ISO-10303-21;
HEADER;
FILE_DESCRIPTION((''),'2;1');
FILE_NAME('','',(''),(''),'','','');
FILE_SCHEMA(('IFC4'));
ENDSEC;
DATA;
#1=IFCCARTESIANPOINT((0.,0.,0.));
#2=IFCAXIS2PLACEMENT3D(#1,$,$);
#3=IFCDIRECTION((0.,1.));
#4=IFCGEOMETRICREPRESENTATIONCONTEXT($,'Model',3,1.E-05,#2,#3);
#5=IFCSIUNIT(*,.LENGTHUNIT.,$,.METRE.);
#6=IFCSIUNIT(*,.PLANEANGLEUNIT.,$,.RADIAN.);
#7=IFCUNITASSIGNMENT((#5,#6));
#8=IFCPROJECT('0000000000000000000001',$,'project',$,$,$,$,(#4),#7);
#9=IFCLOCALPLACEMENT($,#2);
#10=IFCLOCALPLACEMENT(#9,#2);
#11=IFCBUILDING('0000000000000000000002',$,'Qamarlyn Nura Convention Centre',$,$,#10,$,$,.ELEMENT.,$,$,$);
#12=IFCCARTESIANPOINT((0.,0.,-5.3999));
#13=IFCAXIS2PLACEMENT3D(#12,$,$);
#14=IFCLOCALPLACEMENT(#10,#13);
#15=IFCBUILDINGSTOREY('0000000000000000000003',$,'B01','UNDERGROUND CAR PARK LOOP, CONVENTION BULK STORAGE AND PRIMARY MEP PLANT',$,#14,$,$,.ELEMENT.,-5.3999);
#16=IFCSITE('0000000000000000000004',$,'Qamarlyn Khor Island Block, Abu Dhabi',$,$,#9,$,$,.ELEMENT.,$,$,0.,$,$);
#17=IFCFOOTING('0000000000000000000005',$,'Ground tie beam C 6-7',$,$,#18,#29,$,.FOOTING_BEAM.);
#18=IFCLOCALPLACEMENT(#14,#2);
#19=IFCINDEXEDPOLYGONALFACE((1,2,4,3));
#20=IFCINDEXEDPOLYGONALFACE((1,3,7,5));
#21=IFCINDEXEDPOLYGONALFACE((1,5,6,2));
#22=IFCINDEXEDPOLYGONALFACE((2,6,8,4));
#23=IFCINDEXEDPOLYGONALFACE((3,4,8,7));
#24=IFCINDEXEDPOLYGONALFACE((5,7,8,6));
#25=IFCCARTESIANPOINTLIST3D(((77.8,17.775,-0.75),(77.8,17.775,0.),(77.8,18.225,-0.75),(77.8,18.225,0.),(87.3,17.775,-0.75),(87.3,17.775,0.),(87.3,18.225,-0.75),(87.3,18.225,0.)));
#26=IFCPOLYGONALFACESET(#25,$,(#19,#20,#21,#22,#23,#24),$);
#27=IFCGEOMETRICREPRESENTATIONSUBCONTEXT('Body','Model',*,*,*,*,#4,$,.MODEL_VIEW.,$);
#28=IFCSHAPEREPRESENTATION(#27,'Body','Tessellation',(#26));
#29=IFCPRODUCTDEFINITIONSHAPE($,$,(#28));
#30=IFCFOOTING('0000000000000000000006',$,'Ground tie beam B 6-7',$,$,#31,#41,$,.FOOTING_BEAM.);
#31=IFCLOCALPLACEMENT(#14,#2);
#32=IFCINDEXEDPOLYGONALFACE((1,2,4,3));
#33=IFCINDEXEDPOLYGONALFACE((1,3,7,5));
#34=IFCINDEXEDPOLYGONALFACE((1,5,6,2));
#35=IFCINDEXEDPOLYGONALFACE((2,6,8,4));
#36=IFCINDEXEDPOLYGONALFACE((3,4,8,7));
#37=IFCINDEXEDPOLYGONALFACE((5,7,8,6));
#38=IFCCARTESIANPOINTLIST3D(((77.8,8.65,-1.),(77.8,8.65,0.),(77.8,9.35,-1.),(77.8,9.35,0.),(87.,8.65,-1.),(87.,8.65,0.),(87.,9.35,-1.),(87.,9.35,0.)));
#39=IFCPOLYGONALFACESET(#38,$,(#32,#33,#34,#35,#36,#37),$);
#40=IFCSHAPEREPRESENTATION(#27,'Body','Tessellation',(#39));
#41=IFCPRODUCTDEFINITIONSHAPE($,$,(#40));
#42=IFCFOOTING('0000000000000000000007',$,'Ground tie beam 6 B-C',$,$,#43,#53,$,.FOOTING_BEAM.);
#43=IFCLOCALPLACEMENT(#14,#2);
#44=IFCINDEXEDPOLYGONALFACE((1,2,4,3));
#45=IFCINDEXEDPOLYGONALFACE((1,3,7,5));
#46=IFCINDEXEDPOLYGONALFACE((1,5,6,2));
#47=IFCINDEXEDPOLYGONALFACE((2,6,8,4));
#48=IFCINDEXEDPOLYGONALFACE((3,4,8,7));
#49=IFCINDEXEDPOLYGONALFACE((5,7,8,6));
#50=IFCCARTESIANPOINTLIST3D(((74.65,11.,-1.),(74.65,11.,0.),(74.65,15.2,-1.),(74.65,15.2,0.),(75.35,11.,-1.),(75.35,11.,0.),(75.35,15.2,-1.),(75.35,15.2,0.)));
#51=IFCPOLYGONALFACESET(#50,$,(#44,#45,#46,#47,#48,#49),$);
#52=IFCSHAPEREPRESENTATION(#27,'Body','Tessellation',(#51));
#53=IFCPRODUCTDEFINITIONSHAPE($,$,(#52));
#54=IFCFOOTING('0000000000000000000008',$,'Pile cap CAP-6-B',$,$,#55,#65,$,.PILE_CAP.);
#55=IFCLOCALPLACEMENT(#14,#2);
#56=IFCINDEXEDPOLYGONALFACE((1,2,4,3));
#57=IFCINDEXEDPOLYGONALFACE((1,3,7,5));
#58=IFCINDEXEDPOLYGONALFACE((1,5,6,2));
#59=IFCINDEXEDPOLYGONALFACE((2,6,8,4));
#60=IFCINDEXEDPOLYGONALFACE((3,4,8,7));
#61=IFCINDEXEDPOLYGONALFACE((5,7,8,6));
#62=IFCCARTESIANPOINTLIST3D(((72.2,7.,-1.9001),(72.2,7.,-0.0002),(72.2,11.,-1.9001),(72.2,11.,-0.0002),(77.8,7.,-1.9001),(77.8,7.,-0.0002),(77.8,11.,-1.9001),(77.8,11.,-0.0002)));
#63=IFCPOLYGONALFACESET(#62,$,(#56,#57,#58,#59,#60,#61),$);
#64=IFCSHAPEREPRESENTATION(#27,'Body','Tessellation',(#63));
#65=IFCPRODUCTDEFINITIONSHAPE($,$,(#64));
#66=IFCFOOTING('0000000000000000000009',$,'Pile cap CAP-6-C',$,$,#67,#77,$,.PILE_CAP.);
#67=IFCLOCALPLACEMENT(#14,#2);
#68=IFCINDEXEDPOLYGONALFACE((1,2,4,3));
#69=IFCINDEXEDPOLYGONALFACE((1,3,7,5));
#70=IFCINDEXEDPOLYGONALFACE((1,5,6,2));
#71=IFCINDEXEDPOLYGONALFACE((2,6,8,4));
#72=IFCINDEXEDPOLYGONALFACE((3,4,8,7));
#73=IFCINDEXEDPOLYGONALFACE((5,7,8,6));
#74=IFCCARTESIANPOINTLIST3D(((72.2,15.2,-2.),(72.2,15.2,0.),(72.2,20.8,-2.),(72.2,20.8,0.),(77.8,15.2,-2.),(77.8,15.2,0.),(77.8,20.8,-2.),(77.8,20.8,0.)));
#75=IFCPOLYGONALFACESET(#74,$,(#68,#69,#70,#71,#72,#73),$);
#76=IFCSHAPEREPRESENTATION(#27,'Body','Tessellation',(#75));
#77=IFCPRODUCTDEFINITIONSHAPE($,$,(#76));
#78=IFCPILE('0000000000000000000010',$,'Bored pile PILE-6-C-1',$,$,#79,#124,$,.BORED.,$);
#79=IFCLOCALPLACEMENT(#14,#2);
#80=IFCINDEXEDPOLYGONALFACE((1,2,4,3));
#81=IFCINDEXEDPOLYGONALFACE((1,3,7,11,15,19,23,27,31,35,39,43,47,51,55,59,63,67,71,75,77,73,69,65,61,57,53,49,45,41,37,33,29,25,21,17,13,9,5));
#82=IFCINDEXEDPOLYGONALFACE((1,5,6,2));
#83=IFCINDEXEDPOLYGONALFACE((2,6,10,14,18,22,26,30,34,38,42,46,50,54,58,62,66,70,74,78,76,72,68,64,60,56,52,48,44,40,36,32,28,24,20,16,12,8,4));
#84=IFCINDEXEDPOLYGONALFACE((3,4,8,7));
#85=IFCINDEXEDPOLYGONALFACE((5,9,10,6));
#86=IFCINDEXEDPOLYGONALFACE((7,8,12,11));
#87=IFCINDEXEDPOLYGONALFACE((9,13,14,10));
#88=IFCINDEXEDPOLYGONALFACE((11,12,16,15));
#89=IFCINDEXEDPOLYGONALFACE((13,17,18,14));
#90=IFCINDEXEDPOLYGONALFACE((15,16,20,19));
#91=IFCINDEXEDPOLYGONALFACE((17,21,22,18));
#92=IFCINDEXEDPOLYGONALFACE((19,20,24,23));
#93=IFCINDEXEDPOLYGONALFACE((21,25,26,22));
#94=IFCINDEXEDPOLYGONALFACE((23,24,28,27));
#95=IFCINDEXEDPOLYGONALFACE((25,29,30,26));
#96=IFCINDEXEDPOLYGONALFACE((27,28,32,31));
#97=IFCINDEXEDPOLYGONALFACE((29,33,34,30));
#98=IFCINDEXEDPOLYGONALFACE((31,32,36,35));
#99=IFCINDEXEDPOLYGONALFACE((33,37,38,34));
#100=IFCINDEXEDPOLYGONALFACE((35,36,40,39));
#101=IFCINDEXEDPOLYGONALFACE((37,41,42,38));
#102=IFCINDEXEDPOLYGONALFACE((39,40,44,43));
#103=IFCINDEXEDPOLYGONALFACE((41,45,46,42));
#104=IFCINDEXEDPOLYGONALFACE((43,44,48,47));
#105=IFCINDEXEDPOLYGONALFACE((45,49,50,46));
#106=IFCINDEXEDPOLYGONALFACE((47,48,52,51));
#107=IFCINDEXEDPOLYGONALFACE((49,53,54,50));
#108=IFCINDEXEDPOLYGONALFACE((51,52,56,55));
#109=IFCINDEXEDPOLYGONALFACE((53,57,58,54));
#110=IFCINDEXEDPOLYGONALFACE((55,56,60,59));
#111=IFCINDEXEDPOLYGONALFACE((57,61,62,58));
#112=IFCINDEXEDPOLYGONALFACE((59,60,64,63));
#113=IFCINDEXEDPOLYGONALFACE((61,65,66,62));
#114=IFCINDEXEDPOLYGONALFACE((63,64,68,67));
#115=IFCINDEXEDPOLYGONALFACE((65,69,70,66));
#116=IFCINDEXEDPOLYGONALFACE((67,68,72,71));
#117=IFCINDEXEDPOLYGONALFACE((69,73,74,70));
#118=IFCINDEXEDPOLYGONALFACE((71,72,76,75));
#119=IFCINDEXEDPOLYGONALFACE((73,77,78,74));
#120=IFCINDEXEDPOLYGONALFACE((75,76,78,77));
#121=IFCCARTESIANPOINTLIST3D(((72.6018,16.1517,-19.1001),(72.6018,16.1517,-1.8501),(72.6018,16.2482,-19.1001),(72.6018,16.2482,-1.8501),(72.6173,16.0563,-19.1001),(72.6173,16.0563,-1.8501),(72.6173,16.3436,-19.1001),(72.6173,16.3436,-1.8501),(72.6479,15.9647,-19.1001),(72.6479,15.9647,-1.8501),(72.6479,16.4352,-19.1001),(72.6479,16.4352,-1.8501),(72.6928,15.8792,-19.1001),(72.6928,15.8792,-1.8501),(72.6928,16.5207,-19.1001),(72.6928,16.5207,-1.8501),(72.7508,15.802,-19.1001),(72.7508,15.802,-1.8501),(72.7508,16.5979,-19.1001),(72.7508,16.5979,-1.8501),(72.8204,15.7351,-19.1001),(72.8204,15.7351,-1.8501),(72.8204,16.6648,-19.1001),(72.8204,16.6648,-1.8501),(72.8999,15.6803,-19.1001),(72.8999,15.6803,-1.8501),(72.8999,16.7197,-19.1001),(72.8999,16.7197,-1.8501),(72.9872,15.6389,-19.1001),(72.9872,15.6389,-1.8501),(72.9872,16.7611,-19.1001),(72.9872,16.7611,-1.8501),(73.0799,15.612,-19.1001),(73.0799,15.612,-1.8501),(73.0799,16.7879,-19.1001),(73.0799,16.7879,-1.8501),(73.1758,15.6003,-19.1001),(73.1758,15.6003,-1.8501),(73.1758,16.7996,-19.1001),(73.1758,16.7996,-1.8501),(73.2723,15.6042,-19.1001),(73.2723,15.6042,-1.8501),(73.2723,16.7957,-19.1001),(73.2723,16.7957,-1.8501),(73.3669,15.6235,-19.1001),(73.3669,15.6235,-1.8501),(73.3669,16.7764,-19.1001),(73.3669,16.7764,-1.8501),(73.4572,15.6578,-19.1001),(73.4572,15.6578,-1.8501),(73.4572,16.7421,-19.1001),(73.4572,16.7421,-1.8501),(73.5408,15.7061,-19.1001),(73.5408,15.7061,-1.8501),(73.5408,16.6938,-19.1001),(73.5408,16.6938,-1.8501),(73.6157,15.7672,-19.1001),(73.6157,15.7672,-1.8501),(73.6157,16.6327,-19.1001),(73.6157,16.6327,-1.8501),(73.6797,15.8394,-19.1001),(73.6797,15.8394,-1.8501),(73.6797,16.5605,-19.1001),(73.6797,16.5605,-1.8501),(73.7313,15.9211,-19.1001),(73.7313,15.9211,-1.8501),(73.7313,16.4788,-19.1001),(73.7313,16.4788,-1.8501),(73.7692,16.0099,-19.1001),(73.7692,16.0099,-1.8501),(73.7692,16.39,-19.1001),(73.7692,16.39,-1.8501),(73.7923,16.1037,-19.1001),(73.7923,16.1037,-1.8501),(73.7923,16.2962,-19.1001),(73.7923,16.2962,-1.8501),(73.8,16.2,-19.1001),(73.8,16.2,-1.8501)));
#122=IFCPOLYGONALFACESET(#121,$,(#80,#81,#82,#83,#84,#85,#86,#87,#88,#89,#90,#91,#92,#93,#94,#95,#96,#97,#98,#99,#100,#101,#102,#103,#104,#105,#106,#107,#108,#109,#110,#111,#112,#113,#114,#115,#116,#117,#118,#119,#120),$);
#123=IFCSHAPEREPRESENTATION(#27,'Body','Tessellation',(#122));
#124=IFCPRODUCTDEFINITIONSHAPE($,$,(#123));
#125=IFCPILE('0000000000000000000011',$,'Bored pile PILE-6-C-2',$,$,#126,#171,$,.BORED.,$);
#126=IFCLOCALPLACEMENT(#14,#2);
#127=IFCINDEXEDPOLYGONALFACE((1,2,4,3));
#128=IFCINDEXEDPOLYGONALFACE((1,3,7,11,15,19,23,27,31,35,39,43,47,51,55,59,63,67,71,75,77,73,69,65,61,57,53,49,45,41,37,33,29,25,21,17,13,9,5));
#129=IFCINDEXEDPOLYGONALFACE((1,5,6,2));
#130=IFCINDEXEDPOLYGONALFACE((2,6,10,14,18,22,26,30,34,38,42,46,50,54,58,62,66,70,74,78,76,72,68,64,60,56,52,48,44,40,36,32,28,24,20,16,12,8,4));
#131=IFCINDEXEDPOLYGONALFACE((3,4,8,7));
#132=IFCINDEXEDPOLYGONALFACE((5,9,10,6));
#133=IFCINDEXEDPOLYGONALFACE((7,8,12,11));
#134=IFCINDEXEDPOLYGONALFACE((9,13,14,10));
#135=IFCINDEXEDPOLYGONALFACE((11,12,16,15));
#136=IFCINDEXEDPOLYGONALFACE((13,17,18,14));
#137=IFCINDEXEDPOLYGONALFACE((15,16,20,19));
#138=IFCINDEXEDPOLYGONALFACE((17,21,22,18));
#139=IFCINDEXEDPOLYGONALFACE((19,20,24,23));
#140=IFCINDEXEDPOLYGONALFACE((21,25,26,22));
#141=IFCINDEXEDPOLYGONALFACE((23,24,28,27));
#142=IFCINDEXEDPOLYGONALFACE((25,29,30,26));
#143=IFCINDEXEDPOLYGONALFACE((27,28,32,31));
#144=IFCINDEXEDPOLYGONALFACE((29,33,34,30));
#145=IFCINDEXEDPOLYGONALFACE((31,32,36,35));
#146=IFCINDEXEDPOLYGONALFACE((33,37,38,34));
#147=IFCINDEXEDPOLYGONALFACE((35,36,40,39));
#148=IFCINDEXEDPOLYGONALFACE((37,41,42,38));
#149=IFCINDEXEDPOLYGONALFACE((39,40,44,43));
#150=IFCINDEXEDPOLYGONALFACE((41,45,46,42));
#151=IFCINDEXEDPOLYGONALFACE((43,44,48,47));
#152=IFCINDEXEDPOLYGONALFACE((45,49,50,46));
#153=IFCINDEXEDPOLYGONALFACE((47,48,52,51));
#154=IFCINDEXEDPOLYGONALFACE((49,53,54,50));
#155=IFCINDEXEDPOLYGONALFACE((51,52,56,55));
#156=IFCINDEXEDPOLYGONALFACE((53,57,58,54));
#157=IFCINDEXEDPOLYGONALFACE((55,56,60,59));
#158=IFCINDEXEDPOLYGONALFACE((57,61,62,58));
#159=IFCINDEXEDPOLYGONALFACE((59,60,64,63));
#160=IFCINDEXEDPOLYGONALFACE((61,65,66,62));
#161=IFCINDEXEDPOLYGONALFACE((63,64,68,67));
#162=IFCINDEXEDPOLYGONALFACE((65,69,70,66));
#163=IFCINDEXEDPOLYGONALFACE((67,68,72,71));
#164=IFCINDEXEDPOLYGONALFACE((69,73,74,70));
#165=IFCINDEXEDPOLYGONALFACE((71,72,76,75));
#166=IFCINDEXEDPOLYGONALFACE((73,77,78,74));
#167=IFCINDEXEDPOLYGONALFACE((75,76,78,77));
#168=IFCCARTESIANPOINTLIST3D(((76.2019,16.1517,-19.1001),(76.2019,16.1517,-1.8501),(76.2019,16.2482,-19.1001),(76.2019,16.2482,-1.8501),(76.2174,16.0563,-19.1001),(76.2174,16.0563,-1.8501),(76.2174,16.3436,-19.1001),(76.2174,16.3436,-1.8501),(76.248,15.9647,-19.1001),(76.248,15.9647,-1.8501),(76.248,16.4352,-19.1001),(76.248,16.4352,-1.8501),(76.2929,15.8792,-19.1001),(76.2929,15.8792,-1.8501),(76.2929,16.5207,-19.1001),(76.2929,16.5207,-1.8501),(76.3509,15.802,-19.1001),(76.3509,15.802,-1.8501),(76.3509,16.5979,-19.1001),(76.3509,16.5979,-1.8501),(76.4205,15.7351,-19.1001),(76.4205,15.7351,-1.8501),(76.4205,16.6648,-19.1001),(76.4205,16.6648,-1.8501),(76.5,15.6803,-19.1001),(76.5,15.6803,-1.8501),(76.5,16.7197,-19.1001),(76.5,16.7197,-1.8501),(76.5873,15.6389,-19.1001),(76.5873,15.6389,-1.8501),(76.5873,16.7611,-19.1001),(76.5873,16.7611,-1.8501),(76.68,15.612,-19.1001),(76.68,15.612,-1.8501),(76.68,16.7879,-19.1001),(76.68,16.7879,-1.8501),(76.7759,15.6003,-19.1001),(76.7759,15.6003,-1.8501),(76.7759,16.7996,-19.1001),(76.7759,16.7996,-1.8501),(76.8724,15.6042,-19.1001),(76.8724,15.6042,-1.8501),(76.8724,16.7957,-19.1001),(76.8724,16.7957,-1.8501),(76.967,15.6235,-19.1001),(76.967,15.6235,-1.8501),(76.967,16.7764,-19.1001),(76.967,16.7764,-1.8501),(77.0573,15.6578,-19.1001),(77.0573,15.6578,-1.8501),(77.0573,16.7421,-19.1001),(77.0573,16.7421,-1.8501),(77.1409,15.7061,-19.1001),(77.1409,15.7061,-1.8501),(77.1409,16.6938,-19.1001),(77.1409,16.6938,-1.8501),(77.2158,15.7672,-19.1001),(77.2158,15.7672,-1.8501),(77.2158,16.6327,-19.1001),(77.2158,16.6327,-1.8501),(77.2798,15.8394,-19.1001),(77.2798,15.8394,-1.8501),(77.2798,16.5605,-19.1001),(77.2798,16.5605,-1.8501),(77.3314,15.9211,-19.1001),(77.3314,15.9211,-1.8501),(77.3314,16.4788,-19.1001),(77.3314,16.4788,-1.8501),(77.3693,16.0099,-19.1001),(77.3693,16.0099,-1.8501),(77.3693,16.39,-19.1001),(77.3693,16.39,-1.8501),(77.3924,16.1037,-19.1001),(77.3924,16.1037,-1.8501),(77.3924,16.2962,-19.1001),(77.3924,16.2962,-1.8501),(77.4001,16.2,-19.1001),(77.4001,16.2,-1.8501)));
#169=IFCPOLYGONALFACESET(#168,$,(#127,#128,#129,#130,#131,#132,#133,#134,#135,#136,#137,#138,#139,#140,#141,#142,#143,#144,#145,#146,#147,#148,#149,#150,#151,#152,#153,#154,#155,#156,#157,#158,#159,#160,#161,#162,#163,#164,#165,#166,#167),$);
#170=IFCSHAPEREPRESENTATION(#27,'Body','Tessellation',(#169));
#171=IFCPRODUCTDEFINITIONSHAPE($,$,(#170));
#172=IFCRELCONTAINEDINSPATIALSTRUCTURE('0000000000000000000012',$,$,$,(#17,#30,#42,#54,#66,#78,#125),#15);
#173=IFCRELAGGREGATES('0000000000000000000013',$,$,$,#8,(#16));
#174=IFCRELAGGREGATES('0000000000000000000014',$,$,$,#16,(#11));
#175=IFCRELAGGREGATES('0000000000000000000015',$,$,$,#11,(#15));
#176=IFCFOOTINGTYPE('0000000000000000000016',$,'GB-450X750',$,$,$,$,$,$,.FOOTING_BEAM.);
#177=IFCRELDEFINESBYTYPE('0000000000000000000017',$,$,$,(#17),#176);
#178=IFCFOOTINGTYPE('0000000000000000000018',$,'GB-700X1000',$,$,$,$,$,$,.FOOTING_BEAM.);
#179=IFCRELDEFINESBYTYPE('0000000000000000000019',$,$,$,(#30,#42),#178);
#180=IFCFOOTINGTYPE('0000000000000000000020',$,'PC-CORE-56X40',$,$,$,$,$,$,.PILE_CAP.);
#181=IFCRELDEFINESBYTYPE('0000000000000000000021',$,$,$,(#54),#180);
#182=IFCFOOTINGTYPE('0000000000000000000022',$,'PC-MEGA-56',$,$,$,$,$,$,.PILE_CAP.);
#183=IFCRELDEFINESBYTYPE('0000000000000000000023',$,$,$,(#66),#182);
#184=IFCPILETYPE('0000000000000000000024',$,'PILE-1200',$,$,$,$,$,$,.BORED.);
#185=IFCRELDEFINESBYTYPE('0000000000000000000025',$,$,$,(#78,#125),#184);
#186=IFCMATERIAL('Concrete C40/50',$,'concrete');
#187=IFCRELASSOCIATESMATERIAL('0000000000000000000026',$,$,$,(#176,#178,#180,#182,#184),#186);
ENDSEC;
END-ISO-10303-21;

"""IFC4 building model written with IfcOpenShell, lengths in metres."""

from ifc_helpers import new_model, si_unit, direction, frame, origin, origin_2d, place, context, subcontext, project, spatial, rectangle, circle, extrude, material, material_profile, profile_set, type_object, element, save


model = new_model("IFC4")

# Units and contexts
model_context = context("Model", 3, precision=1e-05, world=origin(), true_north=direction((0.0, 1.0)))
body_context = subcontext(model_context, "Body", "Model", "MODEL_VIEW")
ifc_project = project(units=[si_unit("LENGTHUNIT", "METRE"), si_unit("PLANEANGLEUNIT", "RADIAN")], contexts=[model_context])

# Site, building, storey
site_placement = place(None, origin())
site = spatial("IfcSite", under=ifc_project, at=site_placement, Name="Qamarlyn Khor Island Block, Abu Dhabi", CompositionType="ELEMENT", RefElevation=0.0)
building_placement = place(site_placement, origin())
building = spatial("IfcBuilding", under=site, at=building_placement, Name="Qamarlyn Nura Convention Centre", CompositionType="ELEMENT")
storey_placement = place(building_placement, frame((0.0, 0.0, -5.3999)))
storey = spatial("IfcBuildingStorey", under=building, at=storey_placement, Name="B01", Description="UNDERGROUND CAR PARK LOOP, CONVENTION BULK STORAGE AND PRIMARY MEP PLANT", CompositionType="ELEMENT", Elevation=-5.3999)

# Footings
ifc_material_1 = material(Name="Concrete C40/50", Category="concrete")
ifc_material_profile_1 = material_profile(ifc_material_1, rectangle(XDim=0.45, YDim=0.75, at=origin_2d()), Name="RC GB 450x750")
ifc_profile_set_1 = profile_set([ifc_material_profile_1], Name="Concrete C40/50")
footing_type_1 = type_object("IfcFootingType", Name="GB-450X750", PredefinedType="FOOTING_BEAM", material=ifc_profile_set_1)
footing_1_placement = place(storey_placement, frame((77.8, 18.0, -0.375), z_axis=(1.0, 0.0, 0.0), x_axis=(0.0, 1.0, 0.0)))
element("IfcFooting", 1, at=footing_1_placement, inside=storey, type_object=footing_type_1, Name="Ground tie beam C 6-7", PredefinedType="FOOTING_BEAM", context=body_context, shape_type="SweptSolid", body=[
    extrude(rectangle(XDim=0.45, YDim=0.75, at=origin_2d()), origin(), (0.0, 0.0, 1.0), 9.5),
])
ifc_material_profile_2 = material_profile(ifc_material_1, rectangle(XDim=0.7, YDim=1.0, at=origin_2d()), Name="RC GB 700x1000")
ifc_profile_set_2 = profile_set([ifc_material_profile_2], Name="Concrete C40/50")
footing_type_2 = type_object("IfcFootingType", Name="GB-700X1000", PredefinedType="FOOTING_BEAM", material=ifc_profile_set_2)
footing_2_placement = place(storey_placement, frame((77.8, 9.0, -0.5), z_axis=(1.0, 0.0, 0.0), x_axis=(0.0, 1.0, 0.0)))
element("IfcFooting", 2, at=footing_2_placement, inside=storey, type_object=footing_type_2, Name="Ground tie beam B 6-7", PredefinedType="FOOTING_BEAM", context=body_context, shape_type="SweptSolid", body=[
    extrude(rectangle(XDim=0.7, YDim=1.0, at=origin_2d()), origin(), (0.0, 0.0, 1.0), 9.2),
])
footing_3_placement = place(storey_placement, frame((75.0, 11.0, -0.5), z_axis=(0.0, 1.0, 0.0), x_axis=(-1.0, 0.0, 0.0)))
element("IfcFooting", 3, at=footing_3_placement, inside=storey, type_object=footing_type_2, Name="Ground tie beam 6 B-C", PredefinedType="FOOTING_BEAM", context=body_context, shape_type="SweptSolid", body=[
    extrude(rectangle(XDim=0.7, YDim=1.0, at=origin_2d()), origin(), (0.0, 0.0, 1.0), 4.2),
])
footing_type_3 = type_object("IfcFootingType", Name="PC-CORE-56X40", PredefinedType="PILE_CAP", material=ifc_material_1)
footing_4_placement = place(storey_placement, frame((75.0, 9.0, -1.9001), z_axis=(0.0, 0.0, 1.0), x_axis=(1.0, 0.0, 0.0)))
element("IfcFooting", 4, at=footing_4_placement, inside=storey, type_object=footing_type_3, Name="Pile cap CAP-6-B", PredefinedType="PILE_CAP", context=body_context, shape_type="SweptSolid", body=[
    extrude(rectangle(XDim=5.6001, YDim=4.0, at=origin_2d()), origin(), (0.0, 0.0, 1.0), 1.8999),
])
footing_type_4 = type_object("IfcFootingType", Name="PC-MEGA-56", PredefinedType="PILE_CAP", material=ifc_material_1)
footing_5_placement = place(storey_placement, frame((75.0, 18.0, -2.0), z_axis=(0.0, 0.0, 1.0), x_axis=(1.0, 0.0, 0.0)))
element("IfcFooting", 5, at=footing_5_placement, inside=storey, type_object=footing_type_4, Name="Pile cap CAP-6-C", PredefinedType="PILE_CAP", context=body_context, shape_type="SweptSolid", body=[
    extrude(rectangle(XDim=5.6001, YDim=5.6001, at=origin_2d()), origin(), (0.0, 0.0, 1.0), 2.0),
])

# Piles
ifc_material_profile_3 = material_profile(ifc_material_1, circle(Radius=0.6001, at=origin_2d()), Name="BORED PILE 1200")
ifc_profile_set_3 = profile_set([ifc_material_profile_3], Name="Concrete C40/50")
pile_type_1 = type_object("IfcPileType", Name="PILE-1200", PredefinedType="BORED", material=ifc_profile_set_3)
for number, where, z_axis, x_axis, name in (
    (6, (73.2, 16.2, -1.8501), (0.0, 0.0, -1.0), (1.0, 0.0, 0.0), "Bored pile PILE-6-C-1"),
    (7, (76.8, 16.2, -1.8501), (0.0, 0.0, -1.0), (1.0, 0.0, 0.0), "Bored pile PILE-6-C-2"),
):
    element("IfcPile", number, at=place(storey_placement, frame(where, z_axis=z_axis, x_axis=x_axis)), inside=storey, type_object=pile_type_1, Name=name, PredefinedType="BORED", context=body_context, shape_type="SweptSolid", body=[
        extrude(circle(Radius=0.6001, at=origin_2d()), origin(), (0.0, 0.0, 1.0), 17.25),
    ])

save(model, "model.ifc")
